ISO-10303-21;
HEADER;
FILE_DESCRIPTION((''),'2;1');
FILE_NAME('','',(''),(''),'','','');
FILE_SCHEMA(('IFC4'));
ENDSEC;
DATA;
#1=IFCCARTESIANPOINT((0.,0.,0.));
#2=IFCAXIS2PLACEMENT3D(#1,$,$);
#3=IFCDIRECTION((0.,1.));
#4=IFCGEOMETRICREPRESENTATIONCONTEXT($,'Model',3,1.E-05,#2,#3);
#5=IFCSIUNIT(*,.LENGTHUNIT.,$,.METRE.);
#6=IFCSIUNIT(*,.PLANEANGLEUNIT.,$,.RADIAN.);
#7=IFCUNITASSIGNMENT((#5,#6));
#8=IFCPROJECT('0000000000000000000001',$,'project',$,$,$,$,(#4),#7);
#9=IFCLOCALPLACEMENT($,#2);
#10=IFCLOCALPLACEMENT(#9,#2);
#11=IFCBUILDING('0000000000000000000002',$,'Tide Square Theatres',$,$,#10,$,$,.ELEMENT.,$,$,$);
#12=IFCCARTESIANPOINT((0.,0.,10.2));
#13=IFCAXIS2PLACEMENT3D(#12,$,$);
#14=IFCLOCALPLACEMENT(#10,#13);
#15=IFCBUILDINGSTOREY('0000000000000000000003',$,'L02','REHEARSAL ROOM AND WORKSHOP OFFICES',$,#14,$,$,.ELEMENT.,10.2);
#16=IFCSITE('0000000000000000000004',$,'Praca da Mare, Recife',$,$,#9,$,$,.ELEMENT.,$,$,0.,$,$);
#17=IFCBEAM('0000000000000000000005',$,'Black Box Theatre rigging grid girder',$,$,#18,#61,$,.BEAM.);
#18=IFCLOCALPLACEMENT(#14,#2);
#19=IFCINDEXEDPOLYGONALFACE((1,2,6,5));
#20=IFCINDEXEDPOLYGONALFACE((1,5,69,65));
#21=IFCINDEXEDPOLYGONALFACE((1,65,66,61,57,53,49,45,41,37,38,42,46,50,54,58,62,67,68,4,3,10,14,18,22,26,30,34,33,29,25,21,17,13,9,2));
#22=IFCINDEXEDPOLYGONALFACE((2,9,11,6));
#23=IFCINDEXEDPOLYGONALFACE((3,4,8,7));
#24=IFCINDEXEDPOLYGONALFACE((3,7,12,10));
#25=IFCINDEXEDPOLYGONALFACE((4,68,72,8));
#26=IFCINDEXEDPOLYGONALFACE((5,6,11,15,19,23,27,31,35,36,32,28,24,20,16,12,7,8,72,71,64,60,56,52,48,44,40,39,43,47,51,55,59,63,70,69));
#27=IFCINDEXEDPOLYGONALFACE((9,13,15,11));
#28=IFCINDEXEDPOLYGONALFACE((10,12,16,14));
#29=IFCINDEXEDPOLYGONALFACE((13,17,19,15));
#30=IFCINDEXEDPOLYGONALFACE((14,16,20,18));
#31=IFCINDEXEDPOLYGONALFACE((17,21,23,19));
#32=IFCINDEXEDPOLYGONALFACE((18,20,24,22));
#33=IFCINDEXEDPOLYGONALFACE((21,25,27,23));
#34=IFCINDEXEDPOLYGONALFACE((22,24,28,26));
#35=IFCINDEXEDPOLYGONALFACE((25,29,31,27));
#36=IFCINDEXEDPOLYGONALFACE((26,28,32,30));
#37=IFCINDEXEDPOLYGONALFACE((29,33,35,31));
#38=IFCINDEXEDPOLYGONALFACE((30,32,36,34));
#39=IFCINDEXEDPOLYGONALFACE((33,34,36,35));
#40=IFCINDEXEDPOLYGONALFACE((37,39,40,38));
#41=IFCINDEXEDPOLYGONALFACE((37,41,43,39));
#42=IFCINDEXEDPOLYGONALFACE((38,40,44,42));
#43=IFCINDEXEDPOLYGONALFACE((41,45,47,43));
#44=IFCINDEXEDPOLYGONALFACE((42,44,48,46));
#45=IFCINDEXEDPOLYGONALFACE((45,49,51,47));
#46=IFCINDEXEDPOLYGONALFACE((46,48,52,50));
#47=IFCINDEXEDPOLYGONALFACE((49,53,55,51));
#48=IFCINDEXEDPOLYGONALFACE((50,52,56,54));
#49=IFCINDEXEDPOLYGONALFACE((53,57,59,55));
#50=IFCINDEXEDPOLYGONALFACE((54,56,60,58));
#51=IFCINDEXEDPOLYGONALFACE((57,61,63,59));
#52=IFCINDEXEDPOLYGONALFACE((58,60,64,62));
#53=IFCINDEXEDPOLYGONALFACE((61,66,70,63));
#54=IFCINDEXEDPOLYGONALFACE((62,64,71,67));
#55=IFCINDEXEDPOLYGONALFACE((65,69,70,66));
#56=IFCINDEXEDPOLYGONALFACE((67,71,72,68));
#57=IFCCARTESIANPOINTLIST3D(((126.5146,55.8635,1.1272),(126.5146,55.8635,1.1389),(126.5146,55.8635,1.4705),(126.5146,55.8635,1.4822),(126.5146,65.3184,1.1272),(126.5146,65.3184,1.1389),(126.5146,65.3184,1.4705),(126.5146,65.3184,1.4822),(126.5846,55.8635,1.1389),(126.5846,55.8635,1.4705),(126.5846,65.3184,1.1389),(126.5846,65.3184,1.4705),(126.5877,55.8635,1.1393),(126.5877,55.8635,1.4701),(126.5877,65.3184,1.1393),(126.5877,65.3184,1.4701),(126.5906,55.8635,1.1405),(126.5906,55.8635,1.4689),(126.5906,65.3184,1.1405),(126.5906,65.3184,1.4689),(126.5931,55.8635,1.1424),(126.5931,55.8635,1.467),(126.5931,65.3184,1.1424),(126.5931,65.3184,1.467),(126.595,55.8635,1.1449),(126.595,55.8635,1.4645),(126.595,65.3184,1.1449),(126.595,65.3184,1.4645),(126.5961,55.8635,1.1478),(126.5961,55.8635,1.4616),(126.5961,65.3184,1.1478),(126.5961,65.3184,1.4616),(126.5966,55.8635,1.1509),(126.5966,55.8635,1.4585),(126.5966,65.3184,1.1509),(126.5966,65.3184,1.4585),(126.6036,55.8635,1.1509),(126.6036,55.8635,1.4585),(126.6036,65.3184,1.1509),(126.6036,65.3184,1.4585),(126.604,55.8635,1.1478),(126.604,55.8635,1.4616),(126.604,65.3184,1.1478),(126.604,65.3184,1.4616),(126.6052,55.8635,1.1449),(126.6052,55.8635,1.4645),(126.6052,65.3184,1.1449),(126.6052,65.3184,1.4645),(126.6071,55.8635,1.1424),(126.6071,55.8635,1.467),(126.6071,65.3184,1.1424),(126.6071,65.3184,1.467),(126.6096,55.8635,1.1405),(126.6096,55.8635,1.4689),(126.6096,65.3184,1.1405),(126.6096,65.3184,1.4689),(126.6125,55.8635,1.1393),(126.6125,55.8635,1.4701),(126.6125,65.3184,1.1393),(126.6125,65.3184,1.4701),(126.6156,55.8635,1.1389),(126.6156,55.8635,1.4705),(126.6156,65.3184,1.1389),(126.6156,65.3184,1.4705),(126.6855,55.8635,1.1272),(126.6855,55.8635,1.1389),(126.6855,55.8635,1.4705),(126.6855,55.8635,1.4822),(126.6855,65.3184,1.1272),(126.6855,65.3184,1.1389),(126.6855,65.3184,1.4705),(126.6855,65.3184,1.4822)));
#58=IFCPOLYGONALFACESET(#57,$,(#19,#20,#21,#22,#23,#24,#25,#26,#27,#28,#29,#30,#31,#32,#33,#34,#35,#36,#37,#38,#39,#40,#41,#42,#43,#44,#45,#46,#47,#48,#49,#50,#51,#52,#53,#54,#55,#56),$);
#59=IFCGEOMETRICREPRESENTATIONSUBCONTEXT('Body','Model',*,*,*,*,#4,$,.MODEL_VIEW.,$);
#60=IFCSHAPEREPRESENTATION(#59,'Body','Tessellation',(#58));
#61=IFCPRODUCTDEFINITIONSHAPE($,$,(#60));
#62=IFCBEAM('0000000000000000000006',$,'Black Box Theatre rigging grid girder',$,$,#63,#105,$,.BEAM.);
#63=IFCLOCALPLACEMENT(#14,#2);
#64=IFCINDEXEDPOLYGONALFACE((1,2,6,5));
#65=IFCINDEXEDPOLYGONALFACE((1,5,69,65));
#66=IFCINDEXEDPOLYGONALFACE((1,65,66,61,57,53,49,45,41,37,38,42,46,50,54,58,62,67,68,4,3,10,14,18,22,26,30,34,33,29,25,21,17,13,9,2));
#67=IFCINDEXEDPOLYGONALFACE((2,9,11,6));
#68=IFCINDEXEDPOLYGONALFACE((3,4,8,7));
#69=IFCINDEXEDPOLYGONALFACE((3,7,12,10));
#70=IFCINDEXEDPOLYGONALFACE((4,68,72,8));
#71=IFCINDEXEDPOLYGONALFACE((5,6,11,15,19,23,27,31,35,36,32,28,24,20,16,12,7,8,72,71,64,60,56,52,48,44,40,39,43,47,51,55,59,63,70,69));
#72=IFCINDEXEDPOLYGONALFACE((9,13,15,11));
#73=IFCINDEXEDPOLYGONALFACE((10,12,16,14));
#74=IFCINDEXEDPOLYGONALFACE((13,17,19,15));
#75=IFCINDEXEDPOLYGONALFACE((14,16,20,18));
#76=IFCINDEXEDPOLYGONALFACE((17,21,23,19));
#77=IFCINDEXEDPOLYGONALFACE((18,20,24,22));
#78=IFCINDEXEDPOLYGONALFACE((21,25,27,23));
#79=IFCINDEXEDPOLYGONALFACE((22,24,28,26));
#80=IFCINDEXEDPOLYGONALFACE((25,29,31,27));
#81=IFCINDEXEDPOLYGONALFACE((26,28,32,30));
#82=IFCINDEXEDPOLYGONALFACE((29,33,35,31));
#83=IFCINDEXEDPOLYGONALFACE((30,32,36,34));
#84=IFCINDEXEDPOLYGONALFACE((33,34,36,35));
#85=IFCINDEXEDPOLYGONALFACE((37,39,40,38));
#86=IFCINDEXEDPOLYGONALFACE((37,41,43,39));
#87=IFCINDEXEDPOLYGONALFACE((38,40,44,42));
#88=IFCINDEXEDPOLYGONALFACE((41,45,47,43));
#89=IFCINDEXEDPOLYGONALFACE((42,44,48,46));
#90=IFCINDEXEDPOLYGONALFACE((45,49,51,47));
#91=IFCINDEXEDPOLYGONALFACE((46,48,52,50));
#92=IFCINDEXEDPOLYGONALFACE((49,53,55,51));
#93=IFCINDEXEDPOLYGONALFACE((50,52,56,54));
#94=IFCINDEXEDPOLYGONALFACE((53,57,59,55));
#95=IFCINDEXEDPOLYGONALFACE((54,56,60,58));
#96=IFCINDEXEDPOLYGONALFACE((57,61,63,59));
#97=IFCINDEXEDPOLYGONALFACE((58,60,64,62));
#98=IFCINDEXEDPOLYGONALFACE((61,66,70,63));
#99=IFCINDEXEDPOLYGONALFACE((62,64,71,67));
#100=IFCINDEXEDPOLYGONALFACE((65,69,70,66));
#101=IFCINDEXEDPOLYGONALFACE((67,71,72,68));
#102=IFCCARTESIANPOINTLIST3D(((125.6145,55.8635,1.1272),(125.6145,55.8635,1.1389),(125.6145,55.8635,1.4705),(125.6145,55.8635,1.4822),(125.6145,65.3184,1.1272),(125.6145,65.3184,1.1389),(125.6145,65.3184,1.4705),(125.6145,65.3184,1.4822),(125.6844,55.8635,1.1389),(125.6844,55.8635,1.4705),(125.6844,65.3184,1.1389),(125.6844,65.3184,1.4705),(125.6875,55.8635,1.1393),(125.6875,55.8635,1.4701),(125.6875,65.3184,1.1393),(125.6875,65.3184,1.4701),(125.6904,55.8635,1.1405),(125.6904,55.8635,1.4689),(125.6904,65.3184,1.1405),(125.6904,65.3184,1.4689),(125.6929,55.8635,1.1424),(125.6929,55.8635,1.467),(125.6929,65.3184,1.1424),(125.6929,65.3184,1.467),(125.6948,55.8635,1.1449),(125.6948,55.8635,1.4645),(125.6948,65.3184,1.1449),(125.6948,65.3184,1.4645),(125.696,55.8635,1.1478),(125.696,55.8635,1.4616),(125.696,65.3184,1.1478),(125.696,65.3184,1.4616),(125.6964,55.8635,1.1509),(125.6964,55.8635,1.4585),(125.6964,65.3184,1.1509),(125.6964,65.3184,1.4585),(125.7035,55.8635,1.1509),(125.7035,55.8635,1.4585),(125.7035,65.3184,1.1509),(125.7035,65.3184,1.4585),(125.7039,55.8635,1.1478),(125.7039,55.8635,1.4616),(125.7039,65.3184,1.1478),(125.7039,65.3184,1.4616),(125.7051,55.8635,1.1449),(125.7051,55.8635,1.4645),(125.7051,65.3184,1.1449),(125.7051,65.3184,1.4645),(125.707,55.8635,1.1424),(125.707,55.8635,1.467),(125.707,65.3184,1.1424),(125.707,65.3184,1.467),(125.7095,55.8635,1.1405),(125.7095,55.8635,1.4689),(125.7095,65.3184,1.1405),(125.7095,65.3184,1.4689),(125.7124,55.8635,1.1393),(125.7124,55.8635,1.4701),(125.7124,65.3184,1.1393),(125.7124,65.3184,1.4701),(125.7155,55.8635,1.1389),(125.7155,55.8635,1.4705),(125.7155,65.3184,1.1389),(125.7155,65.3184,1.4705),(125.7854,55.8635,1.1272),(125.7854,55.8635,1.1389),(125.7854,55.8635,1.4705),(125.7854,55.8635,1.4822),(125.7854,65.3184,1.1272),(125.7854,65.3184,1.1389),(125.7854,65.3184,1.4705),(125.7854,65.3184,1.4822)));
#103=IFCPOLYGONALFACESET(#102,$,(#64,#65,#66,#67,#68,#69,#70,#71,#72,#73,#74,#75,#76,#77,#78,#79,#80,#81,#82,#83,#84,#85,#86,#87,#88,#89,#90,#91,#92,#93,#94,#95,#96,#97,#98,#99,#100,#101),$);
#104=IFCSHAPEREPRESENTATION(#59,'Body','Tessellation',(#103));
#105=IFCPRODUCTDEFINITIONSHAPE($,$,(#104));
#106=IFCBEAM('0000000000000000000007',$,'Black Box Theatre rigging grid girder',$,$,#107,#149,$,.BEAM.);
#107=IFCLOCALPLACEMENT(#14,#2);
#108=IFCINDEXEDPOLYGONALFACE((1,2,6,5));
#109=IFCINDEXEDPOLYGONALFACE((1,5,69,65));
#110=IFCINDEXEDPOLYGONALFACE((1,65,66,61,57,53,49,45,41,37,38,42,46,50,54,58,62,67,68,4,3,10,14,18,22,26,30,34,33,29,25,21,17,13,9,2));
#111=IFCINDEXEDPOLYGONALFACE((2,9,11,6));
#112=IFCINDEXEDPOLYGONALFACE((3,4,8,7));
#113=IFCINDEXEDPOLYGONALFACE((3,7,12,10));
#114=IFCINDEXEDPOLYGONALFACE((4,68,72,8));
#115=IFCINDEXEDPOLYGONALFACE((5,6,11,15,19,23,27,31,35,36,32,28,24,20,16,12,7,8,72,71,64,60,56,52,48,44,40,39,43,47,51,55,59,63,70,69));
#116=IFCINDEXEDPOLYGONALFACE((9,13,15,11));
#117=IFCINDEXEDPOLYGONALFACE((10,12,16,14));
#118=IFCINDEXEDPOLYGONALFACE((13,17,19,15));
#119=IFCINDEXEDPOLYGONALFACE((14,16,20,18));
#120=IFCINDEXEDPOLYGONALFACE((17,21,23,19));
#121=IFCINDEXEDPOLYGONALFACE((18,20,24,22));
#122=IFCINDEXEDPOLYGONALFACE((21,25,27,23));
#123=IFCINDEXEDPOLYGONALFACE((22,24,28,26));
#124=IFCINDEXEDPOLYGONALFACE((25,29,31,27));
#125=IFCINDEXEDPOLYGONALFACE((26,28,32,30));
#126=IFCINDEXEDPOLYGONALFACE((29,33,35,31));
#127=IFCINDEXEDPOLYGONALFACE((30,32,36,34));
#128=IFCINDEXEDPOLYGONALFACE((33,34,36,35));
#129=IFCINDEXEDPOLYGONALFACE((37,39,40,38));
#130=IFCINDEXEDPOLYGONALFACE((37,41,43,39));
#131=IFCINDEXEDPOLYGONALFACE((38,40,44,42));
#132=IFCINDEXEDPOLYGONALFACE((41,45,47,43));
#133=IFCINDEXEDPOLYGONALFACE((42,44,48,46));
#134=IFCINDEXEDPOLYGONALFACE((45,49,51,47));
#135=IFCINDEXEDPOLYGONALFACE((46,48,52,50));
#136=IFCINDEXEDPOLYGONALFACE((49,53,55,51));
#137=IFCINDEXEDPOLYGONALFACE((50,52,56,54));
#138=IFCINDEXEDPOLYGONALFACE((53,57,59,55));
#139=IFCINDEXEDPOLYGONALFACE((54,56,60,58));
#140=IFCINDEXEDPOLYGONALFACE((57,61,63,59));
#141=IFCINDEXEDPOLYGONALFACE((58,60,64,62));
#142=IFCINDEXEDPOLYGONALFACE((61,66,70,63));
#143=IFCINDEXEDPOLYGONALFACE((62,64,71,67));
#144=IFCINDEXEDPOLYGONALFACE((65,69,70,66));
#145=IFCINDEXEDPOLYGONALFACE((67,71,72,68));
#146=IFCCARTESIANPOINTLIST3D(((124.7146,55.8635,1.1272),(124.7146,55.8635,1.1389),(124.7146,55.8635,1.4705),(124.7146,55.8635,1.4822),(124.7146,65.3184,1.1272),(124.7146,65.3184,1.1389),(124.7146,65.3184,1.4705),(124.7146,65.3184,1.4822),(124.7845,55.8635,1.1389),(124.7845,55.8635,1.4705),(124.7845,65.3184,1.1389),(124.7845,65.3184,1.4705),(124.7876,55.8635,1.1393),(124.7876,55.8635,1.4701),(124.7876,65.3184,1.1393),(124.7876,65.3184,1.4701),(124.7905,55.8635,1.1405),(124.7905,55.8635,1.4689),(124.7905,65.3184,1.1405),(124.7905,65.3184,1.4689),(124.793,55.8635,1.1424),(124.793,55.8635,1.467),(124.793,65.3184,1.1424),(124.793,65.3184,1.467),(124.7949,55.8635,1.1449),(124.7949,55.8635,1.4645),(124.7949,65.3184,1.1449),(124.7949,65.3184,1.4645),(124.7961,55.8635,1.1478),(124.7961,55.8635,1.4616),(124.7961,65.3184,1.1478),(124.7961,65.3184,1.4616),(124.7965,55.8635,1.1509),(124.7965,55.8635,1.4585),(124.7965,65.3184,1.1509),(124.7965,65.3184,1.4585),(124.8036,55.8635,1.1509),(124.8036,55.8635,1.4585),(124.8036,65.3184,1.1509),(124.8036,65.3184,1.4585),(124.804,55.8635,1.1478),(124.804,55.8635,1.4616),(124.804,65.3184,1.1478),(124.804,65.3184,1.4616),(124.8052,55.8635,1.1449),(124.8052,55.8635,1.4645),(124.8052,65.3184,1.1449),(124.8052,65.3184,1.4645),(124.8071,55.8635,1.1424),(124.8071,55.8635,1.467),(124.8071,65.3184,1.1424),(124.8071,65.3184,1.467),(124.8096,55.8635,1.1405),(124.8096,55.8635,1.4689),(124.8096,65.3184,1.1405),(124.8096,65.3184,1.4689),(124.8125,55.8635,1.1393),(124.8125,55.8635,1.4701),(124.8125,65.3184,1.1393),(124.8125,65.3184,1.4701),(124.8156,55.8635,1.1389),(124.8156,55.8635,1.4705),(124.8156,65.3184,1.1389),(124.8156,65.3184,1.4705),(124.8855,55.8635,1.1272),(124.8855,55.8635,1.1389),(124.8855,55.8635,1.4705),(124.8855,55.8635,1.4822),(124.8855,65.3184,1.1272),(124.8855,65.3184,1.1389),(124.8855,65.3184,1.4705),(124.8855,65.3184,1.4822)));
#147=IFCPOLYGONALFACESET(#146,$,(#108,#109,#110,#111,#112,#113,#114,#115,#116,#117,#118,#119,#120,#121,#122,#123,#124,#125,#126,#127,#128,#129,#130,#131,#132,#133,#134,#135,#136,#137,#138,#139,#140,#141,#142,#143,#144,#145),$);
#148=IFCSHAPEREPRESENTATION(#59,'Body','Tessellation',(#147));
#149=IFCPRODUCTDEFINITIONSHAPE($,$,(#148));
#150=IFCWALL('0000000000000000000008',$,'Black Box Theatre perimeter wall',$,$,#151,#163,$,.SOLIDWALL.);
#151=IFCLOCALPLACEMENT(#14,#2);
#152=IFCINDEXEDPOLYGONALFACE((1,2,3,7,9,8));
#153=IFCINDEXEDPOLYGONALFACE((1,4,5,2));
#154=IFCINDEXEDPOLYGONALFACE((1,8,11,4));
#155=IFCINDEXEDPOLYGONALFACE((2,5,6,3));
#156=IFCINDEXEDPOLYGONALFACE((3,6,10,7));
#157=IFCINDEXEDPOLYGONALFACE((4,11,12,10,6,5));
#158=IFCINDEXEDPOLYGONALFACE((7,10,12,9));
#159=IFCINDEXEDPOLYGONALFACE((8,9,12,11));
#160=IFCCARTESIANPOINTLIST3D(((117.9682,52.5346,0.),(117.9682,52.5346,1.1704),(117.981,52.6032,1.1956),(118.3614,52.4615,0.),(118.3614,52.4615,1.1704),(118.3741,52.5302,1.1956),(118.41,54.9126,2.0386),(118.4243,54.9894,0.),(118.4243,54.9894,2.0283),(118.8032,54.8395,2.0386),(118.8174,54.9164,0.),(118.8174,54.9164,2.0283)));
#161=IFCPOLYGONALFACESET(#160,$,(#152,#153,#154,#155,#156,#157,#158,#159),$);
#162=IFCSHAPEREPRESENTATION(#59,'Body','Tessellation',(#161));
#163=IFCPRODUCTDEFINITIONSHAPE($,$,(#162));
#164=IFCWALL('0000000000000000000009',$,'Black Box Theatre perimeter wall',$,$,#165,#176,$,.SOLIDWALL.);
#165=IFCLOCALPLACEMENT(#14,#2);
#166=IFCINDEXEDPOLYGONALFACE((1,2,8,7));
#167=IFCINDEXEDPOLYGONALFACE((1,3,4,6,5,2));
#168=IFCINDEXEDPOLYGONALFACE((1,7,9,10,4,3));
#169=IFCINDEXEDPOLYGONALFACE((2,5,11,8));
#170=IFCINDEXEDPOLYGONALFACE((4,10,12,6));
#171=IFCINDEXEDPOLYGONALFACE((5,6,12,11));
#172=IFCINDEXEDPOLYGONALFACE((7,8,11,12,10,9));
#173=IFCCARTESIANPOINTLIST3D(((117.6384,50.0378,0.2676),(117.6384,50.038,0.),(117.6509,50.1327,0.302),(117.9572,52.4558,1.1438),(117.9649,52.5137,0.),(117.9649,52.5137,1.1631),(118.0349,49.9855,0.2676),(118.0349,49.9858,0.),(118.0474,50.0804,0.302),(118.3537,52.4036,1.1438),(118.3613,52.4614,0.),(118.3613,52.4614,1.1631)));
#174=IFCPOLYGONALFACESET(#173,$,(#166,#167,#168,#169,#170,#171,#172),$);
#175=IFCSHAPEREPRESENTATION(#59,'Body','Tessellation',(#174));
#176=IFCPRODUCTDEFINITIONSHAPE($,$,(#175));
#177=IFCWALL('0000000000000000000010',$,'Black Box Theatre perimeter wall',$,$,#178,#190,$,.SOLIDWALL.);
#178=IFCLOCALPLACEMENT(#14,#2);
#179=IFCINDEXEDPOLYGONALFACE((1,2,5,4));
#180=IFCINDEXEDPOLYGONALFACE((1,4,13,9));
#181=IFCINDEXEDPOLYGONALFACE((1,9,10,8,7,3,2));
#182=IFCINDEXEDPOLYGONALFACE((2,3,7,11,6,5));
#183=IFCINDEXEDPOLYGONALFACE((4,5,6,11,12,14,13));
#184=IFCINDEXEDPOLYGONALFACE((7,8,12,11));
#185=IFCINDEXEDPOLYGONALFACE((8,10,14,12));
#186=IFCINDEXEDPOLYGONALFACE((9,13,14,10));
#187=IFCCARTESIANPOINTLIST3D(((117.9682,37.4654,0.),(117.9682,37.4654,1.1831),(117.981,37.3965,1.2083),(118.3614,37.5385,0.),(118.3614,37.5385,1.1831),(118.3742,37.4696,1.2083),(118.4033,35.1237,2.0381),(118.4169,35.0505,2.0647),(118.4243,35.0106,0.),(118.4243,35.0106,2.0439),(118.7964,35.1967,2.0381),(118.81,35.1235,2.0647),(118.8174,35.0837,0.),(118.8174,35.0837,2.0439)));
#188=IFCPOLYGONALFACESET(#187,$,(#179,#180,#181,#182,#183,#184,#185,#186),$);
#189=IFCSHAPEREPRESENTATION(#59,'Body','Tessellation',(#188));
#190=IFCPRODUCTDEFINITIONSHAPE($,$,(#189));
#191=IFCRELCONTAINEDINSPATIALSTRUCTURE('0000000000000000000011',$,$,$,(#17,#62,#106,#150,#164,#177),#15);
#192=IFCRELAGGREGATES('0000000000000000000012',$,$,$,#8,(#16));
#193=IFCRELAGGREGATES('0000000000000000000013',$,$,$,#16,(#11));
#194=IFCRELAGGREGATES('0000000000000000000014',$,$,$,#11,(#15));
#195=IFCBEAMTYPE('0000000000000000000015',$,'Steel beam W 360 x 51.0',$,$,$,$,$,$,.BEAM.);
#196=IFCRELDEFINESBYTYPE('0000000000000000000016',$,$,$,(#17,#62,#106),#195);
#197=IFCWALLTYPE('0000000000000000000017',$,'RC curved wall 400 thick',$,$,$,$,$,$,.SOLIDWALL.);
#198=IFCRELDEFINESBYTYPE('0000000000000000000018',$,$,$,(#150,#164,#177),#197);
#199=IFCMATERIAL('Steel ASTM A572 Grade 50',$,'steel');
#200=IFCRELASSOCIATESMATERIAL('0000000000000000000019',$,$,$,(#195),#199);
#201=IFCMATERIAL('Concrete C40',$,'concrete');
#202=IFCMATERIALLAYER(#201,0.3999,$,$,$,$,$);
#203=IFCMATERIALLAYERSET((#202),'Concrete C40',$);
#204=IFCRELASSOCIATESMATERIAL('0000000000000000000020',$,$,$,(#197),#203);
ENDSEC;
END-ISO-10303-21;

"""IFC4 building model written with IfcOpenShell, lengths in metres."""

from ifc_helpers import new_model, si_unit, direction, frame, origin, origin_2d, place, context, subcontext, project, spatial, polyline, i_section, outline, extrude, material, layer, layer_set, material_profile, profile_set, type_object, element, save


model = new_model("IFC4")

# Units and contexts
model_context = context("Model", 3, precision=1e-05, world=origin(), true_north=direction((0.0, 1.0)))
body_context = subcontext(model_context, "Body", "Model", "MODEL_VIEW")
ifc_project = project(units=[si_unit("LENGTHUNIT", "METRE"), si_unit("PLANEANGLEUNIT", "RADIAN")], contexts=[model_context])

# Site, building, storey
site_placement = place(None, origin())
site = spatial("IfcSite", under=ifc_project, at=site_placement, Name="Praca da Mare, Recife", CompositionType="ELEMENT", RefElevation=0.0)
building_placement = place(site_placement, origin())
building = spatial("IfcBuilding", under=site, at=building_placement, Name="Tide Square Theatres", CompositionType="ELEMENT")
storey_placement = place(building_placement, frame((0.0, 0.0, 10.2)))
storey = spatial("IfcBuildingStorey", under=building, at=storey_placement, Name="L02", Description="REHEARSAL ROOM AND WORKSHOP OFFICES", CompositionType="ELEMENT", Elevation=10.2)

# Beams
ifc_material_1 = material(Name="Steel ASTM A572 Grade 50", Category="steel")
ifc_material_profile_1 = material_profile(ifc_material_1, i_section(OverallWidth=0.1709, OverallDepth=0.355, WebThickness=0.0071, FlangeThickness=0.0117, FilletRadius=0.012, at=origin_2d()))
ifc_profile_set_1 = profile_set([ifc_material_profile_1], Name="Steel ASTM A572 Grade 50")
beam_type = type_object("IfcBeamType", Name="Steel beam W 360 x 51.0", PredefinedType="BEAM", material=ifc_profile_set_1)
for number, where, z_axis, x_axis, name in (
    (1, (126.6001, 55.8635, 1.3047), (0.0, 1.0, 0.0), (-1.0, 0.0, 0.0), "Black Box Theatre rigging grid girder"),
    (2, (125.7, 55.8635, 1.3047), (0.0, 1.0, 0.0), (-1.0, 0.0, 0.0), "Black Box Theatre rigging grid girder"),
    (3, (124.8, 55.8635, 1.3047), (0.0, 1.0, 0.0), (-1.0, 0.0, 0.0), "Black Box Theatre rigging grid girder"),
):
    element("IfcBeam", number, at=place(storey_placement, frame(where, z_axis=z_axis, x_axis=x_axis)), inside=storey, type_object=beam_type, Name=name, PredefinedType="BEAM", context=body_context, shape_type="SweptSolid", body=[
        extrude(i_section(OverallWidth=0.1709, OverallDepth=0.355, WebThickness=0.0071, FlangeThickness=0.0117, FilletRadius=0.012, at=origin_2d()), origin(), (0.0, 0.0, 1.0), 9.4548),
    ])

# Walls
ifc_material_2 = material(Name="Concrete C40", Category="concrete")
ifc_layer_1 = layer(ifc_material_2, 0.3999)
ifc_layer_set_1 = layer_set([ifc_layer_1], Name="Concrete C40")
wall_type = type_object("IfcWallType", Name="RC curved wall 400 thick", PredefinedType="SOLIDWALL", material=ifc_layer_set_1)
wall_1_placement = place(storey_placement, frame((118.6208, 54.9529, 0.0), z_axis=(0.0, 0.0, 1.0), x_axis=(-0.182653, -0.983177, 0.0)))
element("IfcWall", 4, at=wall_1_placement, inside=storey, type_object=wall_type, Name="Black Box Theatre perimeter wall", PredefinedType="SOLIDWALL", context=body_context, shape_type="SweptSolid", body=[
    extrude(outline(polyline([(0.0, 0.0), (2.4968, 0.0), (2.4968, 1.1704), (2.427, 1.1956), (0.0781, 2.0386), (0.0, 2.0283), (0.0, 0.0)])), frame((0.0, 0.2, 0.0), z_axis=(0.0, -1.0, 0.0), x_axis=(1.0, 0.0, 0.0)), (0.0, 0.0, 1.0), 0.3999),
])
wall_2_placement = place(storey_placement, frame((118.1631, 52.4875, 0.0), z_axis=(0.0, 0.0, 1.0), x_axis=(-0.130723, -0.991419, 0.0)))
element("IfcWall", 5, at=wall_2_placement, inside=storey, type_object=wall_type, Name="Black Box Theatre perimeter wall", PredefinedType="SOLIDWALL", context=body_context, shape_type="SweptSolid", body=[
    extrude(outline(polyline([(0.0, 0.0), (2.4971, 0.0), (2.4973, 0.2676), (2.4016, 0.302), (0.0583, 1.1438), (0.0, 1.1631), (0.0, 0.0)])), frame((0.0, 0.2, 0.0), z_axis=(0.0, -1.0, 0.0), x_axis=(1.0, 0.0, 0.0)), (0.0, 0.0, 1.0), 0.3999),
])
wall_3_placement = place(storey_placement, frame((118.1648, 37.502, 0.0), z_axis=(0.0, 0.0, 1.0), x_axis=(0.182653, -0.983177, 0.0)))
element("IfcWall", 6, at=wall_3_placement, inside=storey, type_object=wall_type, Name="Black Box Theatre perimeter wall", PredefinedType="SOLIDWALL", context=body_context, shape_type="SweptSolid", body=[
    extrude(outline(polyline([(0.0, 0.0), (2.4968, 0.0), (2.4968, 2.0439), (2.4563, 2.0647), (2.3818, 2.0381), (0.0701, 1.2083), (0.0, 1.1831), (0.0, 0.0)])), frame((0.0, 0.2, 0.0), z_axis=(0.0, -1.0, 0.0), x_axis=(1.0, 0.0, 0.0)), (0.0, 0.0, 1.0), 0.3999),
])

save(model, "model.ifc")
